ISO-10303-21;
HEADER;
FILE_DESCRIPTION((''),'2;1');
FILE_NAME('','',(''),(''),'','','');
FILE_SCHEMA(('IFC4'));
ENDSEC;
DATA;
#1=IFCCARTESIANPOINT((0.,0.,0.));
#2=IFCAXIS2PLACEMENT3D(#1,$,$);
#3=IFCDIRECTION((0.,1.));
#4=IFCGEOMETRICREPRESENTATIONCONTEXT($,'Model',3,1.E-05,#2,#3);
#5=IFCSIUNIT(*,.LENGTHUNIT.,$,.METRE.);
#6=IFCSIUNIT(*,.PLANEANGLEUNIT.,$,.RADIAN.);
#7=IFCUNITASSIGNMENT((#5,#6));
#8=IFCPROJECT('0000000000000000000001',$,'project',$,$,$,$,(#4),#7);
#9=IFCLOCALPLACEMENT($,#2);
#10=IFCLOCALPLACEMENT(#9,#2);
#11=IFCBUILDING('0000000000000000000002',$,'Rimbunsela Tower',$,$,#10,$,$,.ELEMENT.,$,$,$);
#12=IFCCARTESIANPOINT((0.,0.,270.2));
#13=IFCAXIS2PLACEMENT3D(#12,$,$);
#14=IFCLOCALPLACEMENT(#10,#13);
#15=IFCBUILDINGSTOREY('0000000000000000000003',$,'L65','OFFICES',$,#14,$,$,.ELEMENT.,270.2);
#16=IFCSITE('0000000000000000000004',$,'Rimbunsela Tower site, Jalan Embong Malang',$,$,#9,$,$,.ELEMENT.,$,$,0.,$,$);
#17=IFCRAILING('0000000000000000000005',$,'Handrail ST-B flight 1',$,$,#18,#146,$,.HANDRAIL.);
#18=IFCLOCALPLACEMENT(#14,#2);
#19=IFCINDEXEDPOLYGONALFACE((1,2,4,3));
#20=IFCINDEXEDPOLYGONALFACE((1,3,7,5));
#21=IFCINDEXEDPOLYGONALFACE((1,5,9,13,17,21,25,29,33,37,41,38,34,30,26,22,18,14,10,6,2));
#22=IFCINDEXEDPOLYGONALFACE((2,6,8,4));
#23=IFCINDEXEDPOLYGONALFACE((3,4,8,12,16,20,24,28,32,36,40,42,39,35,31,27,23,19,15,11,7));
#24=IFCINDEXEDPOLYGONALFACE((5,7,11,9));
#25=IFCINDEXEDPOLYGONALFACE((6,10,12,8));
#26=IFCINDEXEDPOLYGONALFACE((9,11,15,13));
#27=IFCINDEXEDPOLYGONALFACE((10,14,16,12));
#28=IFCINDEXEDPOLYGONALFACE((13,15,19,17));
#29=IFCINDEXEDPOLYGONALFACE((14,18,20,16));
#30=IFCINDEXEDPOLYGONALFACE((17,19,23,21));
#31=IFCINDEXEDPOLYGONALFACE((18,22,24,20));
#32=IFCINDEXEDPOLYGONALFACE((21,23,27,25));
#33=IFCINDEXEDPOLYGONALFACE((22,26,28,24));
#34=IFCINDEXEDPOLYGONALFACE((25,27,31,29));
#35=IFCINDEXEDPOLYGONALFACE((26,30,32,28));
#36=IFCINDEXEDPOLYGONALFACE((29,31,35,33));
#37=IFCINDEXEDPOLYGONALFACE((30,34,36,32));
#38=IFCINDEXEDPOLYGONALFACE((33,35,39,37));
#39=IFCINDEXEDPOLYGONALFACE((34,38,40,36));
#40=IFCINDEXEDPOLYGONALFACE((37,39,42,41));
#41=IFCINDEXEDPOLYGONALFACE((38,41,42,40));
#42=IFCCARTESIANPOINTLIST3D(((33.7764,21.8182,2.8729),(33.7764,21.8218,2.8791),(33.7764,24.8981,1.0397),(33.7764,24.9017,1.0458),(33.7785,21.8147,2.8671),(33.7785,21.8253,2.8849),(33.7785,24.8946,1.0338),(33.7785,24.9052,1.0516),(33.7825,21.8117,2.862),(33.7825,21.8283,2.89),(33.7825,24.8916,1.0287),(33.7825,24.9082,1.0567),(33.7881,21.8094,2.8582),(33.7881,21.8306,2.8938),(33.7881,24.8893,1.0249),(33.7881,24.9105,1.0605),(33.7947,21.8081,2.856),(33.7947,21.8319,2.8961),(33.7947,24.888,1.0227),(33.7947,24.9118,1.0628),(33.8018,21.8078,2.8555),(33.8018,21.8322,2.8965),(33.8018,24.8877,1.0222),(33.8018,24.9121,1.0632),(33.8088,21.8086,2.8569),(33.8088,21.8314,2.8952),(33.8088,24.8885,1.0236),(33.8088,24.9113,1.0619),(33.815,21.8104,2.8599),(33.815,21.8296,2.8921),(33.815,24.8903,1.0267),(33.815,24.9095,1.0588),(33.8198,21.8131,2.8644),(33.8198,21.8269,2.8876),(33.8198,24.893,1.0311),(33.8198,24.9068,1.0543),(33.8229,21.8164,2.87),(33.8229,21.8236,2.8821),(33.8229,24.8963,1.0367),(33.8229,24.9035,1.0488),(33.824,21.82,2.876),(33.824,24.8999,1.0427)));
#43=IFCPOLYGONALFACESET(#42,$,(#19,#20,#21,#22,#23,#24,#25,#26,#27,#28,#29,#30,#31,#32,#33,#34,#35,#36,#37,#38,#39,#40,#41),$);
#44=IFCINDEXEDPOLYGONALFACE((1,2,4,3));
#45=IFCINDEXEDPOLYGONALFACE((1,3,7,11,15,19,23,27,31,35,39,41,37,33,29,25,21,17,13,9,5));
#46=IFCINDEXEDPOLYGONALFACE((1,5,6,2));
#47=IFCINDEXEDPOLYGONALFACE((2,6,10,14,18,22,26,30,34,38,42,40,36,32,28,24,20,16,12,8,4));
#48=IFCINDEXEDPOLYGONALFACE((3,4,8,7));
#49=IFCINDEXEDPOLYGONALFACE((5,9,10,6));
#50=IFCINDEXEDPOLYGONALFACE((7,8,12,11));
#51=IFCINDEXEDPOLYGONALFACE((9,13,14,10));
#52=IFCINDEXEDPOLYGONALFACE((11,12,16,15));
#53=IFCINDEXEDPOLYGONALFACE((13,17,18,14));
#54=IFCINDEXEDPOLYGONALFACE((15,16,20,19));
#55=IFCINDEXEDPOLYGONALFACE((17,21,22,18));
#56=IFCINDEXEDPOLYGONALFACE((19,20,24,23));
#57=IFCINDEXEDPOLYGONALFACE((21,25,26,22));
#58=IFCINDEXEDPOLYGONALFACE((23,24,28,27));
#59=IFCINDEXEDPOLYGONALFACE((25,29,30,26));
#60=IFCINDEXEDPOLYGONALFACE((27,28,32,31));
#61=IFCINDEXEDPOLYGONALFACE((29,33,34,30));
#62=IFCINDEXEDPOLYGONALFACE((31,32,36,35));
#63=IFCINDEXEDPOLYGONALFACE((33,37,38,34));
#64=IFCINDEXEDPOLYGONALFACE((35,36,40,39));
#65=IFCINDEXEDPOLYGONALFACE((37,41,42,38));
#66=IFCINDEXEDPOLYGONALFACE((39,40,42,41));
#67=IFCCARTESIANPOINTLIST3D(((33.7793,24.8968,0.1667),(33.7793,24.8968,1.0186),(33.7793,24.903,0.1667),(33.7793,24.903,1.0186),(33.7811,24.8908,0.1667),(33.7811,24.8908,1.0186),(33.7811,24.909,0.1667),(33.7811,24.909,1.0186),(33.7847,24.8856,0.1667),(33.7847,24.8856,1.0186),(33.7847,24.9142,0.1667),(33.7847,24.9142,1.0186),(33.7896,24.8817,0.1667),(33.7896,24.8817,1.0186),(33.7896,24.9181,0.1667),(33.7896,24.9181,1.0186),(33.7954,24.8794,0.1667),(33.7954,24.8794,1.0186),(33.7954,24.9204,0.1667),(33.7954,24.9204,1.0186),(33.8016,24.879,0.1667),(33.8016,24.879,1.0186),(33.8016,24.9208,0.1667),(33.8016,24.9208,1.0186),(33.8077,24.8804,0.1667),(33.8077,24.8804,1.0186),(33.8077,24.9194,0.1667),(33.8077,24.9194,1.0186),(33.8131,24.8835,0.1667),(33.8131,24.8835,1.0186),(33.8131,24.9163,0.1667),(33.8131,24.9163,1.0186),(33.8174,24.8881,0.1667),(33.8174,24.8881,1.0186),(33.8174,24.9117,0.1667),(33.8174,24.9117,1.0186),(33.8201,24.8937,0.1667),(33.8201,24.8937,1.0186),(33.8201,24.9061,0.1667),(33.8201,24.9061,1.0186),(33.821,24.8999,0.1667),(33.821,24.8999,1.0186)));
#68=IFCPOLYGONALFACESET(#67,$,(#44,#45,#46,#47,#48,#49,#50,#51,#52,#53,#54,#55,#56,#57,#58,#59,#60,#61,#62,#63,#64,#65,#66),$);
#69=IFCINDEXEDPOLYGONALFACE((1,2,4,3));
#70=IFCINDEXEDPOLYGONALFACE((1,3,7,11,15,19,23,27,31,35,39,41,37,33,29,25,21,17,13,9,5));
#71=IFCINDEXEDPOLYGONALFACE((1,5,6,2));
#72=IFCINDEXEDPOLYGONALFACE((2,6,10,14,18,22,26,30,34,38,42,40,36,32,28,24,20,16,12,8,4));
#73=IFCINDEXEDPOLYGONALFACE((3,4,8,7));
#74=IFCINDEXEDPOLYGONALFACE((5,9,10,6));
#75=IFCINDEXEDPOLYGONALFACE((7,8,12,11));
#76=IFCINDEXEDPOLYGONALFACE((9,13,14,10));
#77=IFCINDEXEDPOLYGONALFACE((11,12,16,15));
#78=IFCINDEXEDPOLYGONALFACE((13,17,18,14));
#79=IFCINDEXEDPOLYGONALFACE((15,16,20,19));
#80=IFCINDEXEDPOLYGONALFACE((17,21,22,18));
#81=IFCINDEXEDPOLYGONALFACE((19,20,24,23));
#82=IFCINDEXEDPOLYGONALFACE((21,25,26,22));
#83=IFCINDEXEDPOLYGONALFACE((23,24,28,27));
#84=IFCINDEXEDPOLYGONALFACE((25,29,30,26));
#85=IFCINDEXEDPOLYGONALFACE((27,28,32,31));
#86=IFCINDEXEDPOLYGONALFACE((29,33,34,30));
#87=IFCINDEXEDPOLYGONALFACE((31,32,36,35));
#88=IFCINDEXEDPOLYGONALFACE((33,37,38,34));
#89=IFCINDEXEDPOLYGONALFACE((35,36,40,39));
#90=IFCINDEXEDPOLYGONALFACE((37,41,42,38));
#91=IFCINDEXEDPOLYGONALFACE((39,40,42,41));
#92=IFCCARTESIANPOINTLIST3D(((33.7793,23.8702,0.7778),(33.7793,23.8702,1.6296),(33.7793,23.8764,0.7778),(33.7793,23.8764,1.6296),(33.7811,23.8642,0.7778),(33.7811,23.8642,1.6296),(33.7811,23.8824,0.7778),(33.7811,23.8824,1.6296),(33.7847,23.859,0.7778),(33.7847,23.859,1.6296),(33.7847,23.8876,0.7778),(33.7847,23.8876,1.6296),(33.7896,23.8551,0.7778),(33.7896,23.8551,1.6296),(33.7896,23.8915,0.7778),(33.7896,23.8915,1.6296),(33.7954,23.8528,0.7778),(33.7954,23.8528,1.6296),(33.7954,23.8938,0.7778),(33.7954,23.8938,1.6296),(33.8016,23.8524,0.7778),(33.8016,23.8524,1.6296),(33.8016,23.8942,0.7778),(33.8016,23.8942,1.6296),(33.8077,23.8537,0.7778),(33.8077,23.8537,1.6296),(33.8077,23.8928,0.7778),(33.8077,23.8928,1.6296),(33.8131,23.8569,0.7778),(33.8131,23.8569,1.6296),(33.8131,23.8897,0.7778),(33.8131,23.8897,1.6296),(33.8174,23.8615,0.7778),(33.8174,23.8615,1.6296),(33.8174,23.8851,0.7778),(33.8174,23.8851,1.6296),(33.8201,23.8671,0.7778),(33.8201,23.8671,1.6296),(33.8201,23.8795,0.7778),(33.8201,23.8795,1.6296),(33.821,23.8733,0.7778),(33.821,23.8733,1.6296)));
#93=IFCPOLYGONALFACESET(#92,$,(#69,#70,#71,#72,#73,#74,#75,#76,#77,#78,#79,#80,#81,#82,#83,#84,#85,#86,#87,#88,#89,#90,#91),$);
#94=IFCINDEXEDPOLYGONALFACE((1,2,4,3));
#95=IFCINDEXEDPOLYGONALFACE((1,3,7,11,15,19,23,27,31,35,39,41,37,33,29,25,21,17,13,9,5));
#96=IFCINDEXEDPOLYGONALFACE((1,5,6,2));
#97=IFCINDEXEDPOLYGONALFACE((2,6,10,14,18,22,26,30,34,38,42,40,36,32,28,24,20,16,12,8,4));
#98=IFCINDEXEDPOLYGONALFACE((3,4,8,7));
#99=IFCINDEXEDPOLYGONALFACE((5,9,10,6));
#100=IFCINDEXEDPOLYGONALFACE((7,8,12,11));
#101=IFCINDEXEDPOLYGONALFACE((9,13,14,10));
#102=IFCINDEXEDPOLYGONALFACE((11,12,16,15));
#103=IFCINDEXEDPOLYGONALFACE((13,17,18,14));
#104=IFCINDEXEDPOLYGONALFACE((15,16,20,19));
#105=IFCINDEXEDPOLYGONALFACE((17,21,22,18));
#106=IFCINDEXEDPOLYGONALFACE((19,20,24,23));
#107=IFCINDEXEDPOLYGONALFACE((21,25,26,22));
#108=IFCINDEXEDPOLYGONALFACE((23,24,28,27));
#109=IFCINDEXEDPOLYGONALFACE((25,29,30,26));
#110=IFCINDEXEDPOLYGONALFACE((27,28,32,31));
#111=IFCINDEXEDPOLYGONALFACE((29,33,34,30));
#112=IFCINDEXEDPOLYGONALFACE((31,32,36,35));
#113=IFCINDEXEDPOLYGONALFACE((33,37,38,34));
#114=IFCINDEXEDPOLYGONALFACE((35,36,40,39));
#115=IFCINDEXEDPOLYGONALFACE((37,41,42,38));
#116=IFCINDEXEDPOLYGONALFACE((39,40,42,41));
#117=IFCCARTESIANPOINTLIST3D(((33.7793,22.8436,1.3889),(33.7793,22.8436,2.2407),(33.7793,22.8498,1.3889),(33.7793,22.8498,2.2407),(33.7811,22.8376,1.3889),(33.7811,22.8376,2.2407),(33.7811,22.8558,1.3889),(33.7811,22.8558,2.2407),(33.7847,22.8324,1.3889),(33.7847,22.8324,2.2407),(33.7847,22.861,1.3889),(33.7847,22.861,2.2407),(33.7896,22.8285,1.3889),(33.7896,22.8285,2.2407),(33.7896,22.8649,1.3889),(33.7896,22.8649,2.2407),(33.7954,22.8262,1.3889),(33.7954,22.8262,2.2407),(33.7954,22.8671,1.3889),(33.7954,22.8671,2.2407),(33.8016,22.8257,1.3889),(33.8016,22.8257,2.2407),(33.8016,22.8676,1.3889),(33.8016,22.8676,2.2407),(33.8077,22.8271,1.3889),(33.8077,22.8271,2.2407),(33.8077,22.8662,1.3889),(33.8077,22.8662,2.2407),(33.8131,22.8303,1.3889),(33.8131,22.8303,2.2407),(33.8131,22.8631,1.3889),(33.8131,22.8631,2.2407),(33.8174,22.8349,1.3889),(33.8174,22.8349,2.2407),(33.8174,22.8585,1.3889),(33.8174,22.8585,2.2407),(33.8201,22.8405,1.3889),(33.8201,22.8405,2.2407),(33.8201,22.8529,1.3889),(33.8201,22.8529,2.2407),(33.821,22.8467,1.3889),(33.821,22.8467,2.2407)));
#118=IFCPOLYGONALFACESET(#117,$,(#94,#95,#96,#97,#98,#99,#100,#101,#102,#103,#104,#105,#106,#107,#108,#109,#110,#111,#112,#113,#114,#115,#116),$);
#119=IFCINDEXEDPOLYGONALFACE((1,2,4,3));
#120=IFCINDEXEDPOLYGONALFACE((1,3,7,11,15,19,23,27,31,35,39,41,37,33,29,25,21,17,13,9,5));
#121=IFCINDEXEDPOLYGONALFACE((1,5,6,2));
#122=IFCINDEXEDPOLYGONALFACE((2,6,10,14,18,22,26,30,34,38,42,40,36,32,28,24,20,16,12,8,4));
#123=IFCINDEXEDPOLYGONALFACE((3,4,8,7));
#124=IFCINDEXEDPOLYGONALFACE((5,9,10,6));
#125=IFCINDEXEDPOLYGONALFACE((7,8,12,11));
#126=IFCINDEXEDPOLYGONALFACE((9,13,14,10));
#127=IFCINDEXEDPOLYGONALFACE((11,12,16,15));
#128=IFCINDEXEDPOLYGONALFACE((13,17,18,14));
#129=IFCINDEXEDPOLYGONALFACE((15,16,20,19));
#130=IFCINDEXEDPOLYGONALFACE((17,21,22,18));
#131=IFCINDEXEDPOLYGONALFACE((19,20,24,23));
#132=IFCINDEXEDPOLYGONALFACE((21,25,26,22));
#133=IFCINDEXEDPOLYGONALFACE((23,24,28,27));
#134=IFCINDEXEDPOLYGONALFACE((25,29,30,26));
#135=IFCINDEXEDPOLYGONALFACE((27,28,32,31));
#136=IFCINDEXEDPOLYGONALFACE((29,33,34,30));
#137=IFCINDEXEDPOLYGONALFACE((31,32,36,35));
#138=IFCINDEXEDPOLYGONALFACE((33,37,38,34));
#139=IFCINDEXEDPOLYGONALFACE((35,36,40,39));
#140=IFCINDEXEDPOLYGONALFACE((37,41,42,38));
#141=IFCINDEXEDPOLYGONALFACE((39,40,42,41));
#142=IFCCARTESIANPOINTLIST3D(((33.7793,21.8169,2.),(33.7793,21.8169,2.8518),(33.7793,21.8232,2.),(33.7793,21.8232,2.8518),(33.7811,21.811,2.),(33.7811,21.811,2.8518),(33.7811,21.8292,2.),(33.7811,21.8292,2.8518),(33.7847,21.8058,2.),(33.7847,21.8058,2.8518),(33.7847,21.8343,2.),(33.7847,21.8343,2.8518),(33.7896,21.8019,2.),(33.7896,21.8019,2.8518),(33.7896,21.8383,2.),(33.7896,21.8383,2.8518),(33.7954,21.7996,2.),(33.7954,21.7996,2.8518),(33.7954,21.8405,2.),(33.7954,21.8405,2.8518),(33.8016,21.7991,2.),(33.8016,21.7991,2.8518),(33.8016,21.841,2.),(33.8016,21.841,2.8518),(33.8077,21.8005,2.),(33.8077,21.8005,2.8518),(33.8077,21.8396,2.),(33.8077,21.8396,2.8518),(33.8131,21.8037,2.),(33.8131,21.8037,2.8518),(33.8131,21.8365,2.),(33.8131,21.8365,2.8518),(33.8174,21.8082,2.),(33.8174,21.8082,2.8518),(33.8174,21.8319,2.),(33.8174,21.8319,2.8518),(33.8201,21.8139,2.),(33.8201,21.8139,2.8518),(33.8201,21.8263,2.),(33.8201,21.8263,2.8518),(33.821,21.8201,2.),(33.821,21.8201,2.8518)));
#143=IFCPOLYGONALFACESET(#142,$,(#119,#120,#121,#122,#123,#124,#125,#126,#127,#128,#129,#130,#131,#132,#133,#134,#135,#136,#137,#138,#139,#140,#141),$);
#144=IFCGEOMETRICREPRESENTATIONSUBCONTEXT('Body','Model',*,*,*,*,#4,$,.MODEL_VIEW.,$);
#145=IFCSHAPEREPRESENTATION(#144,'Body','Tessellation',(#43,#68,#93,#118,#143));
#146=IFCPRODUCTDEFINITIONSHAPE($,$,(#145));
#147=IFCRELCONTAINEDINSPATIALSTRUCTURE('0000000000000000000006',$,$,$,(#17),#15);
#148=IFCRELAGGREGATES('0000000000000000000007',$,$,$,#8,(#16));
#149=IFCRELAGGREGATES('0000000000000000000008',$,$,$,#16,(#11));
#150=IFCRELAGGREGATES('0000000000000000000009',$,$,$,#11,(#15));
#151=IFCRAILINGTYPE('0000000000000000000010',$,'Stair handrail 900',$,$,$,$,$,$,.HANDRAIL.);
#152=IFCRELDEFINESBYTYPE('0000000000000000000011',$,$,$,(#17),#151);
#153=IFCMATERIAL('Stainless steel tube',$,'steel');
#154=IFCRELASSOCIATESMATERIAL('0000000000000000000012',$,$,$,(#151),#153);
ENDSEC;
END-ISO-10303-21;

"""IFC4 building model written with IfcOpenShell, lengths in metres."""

from ifc_helpers import new_model, si_unit, direction, frame, origin, origin_2d, place, context, subcontext, project, spatial, circle, extrude, material, type_object, element, save


model = new_model("IFC4")

# Units and contexts
model_context = context("Model", 3, precision=1e-05, world=origin(), true_north=direction((0.0, 1.0)))
body_context = subcontext(model_context, "Body", "Model", "MODEL_VIEW")
ifc_project = project(units=[si_unit("LENGTHUNIT", "METRE"), si_unit("PLANEANGLEUNIT", "RADIAN")], contexts=[model_context])

# Site, building, storey
site_placement = place(None, origin())
site = spatial("IfcSite", under=ifc_project, at=site_placement, Name="Rimbunsela Tower site, Jalan Embong Malang", CompositionType="ELEMENT", RefElevation=0.0)
building_placement = place(site_placement, origin())
building = spatial("IfcBuilding", under=site, at=building_placement, Name="Rimbunsela Tower", CompositionType="ELEMENT")
storey_placement = place(building_placement, frame((0.0, 0.0, 270.2)))
storey = spatial("IfcBuildingStorey", under=building, at=storey_placement, Name="L65", Description="OFFICES", CompositionType="ELEMENT", Elevation=270.2)

# Railing
ifc_material_1 = material(Name="Stainless steel tube", Category="steel")
railing_type = type_object("IfcRailingType", Name="Stair handrail 900", PredefinedType="HANDRAIL", material=ifc_material_1)
for number, where, name in (
    (1, (33.8, 24.8999, 0.1667), "Handrail ST-B flight 1"),
):
    element("IfcRailing", number, at=place(storey_placement, frame(where)), inside=storey, type_object=railing_type, Name=name, PredefinedType="HANDRAIL", context=body_context, shape_type="SweptSolid", body=[
        extrude(circle(Radius=0.0239, at=origin_2d()), frame((0.0, 0.0, 0.876), z_axis=(0.0, -0.859291, 0.511487), x_axis=(1.0, 0.0, 0.0)), (0.0, 0.0, 1.0), 3.5842),
        extrude(circle(Radius=0.021, at=origin_2d()), origin(), (0.0, 0.0, 1.0), 0.8518),
        extrude(circle(Radius=0.021, at=origin_2d()), frame((0.0, -1.0266, 0.6111)), (0.0, 0.0, 1.0), 0.8518),
        extrude(circle(Radius=0.021, at=origin_2d()), frame((0.0, -2.0532, 1.2222)), (0.0, 0.0, 1.0), 0.8518),
        extrude(circle(Radius=0.021, at=origin_2d()), frame((0.0, -3.0798, 1.8333)), (0.0, 0.0, 1.0), 0.8518),
    ])

save(model, "model.ifc")
